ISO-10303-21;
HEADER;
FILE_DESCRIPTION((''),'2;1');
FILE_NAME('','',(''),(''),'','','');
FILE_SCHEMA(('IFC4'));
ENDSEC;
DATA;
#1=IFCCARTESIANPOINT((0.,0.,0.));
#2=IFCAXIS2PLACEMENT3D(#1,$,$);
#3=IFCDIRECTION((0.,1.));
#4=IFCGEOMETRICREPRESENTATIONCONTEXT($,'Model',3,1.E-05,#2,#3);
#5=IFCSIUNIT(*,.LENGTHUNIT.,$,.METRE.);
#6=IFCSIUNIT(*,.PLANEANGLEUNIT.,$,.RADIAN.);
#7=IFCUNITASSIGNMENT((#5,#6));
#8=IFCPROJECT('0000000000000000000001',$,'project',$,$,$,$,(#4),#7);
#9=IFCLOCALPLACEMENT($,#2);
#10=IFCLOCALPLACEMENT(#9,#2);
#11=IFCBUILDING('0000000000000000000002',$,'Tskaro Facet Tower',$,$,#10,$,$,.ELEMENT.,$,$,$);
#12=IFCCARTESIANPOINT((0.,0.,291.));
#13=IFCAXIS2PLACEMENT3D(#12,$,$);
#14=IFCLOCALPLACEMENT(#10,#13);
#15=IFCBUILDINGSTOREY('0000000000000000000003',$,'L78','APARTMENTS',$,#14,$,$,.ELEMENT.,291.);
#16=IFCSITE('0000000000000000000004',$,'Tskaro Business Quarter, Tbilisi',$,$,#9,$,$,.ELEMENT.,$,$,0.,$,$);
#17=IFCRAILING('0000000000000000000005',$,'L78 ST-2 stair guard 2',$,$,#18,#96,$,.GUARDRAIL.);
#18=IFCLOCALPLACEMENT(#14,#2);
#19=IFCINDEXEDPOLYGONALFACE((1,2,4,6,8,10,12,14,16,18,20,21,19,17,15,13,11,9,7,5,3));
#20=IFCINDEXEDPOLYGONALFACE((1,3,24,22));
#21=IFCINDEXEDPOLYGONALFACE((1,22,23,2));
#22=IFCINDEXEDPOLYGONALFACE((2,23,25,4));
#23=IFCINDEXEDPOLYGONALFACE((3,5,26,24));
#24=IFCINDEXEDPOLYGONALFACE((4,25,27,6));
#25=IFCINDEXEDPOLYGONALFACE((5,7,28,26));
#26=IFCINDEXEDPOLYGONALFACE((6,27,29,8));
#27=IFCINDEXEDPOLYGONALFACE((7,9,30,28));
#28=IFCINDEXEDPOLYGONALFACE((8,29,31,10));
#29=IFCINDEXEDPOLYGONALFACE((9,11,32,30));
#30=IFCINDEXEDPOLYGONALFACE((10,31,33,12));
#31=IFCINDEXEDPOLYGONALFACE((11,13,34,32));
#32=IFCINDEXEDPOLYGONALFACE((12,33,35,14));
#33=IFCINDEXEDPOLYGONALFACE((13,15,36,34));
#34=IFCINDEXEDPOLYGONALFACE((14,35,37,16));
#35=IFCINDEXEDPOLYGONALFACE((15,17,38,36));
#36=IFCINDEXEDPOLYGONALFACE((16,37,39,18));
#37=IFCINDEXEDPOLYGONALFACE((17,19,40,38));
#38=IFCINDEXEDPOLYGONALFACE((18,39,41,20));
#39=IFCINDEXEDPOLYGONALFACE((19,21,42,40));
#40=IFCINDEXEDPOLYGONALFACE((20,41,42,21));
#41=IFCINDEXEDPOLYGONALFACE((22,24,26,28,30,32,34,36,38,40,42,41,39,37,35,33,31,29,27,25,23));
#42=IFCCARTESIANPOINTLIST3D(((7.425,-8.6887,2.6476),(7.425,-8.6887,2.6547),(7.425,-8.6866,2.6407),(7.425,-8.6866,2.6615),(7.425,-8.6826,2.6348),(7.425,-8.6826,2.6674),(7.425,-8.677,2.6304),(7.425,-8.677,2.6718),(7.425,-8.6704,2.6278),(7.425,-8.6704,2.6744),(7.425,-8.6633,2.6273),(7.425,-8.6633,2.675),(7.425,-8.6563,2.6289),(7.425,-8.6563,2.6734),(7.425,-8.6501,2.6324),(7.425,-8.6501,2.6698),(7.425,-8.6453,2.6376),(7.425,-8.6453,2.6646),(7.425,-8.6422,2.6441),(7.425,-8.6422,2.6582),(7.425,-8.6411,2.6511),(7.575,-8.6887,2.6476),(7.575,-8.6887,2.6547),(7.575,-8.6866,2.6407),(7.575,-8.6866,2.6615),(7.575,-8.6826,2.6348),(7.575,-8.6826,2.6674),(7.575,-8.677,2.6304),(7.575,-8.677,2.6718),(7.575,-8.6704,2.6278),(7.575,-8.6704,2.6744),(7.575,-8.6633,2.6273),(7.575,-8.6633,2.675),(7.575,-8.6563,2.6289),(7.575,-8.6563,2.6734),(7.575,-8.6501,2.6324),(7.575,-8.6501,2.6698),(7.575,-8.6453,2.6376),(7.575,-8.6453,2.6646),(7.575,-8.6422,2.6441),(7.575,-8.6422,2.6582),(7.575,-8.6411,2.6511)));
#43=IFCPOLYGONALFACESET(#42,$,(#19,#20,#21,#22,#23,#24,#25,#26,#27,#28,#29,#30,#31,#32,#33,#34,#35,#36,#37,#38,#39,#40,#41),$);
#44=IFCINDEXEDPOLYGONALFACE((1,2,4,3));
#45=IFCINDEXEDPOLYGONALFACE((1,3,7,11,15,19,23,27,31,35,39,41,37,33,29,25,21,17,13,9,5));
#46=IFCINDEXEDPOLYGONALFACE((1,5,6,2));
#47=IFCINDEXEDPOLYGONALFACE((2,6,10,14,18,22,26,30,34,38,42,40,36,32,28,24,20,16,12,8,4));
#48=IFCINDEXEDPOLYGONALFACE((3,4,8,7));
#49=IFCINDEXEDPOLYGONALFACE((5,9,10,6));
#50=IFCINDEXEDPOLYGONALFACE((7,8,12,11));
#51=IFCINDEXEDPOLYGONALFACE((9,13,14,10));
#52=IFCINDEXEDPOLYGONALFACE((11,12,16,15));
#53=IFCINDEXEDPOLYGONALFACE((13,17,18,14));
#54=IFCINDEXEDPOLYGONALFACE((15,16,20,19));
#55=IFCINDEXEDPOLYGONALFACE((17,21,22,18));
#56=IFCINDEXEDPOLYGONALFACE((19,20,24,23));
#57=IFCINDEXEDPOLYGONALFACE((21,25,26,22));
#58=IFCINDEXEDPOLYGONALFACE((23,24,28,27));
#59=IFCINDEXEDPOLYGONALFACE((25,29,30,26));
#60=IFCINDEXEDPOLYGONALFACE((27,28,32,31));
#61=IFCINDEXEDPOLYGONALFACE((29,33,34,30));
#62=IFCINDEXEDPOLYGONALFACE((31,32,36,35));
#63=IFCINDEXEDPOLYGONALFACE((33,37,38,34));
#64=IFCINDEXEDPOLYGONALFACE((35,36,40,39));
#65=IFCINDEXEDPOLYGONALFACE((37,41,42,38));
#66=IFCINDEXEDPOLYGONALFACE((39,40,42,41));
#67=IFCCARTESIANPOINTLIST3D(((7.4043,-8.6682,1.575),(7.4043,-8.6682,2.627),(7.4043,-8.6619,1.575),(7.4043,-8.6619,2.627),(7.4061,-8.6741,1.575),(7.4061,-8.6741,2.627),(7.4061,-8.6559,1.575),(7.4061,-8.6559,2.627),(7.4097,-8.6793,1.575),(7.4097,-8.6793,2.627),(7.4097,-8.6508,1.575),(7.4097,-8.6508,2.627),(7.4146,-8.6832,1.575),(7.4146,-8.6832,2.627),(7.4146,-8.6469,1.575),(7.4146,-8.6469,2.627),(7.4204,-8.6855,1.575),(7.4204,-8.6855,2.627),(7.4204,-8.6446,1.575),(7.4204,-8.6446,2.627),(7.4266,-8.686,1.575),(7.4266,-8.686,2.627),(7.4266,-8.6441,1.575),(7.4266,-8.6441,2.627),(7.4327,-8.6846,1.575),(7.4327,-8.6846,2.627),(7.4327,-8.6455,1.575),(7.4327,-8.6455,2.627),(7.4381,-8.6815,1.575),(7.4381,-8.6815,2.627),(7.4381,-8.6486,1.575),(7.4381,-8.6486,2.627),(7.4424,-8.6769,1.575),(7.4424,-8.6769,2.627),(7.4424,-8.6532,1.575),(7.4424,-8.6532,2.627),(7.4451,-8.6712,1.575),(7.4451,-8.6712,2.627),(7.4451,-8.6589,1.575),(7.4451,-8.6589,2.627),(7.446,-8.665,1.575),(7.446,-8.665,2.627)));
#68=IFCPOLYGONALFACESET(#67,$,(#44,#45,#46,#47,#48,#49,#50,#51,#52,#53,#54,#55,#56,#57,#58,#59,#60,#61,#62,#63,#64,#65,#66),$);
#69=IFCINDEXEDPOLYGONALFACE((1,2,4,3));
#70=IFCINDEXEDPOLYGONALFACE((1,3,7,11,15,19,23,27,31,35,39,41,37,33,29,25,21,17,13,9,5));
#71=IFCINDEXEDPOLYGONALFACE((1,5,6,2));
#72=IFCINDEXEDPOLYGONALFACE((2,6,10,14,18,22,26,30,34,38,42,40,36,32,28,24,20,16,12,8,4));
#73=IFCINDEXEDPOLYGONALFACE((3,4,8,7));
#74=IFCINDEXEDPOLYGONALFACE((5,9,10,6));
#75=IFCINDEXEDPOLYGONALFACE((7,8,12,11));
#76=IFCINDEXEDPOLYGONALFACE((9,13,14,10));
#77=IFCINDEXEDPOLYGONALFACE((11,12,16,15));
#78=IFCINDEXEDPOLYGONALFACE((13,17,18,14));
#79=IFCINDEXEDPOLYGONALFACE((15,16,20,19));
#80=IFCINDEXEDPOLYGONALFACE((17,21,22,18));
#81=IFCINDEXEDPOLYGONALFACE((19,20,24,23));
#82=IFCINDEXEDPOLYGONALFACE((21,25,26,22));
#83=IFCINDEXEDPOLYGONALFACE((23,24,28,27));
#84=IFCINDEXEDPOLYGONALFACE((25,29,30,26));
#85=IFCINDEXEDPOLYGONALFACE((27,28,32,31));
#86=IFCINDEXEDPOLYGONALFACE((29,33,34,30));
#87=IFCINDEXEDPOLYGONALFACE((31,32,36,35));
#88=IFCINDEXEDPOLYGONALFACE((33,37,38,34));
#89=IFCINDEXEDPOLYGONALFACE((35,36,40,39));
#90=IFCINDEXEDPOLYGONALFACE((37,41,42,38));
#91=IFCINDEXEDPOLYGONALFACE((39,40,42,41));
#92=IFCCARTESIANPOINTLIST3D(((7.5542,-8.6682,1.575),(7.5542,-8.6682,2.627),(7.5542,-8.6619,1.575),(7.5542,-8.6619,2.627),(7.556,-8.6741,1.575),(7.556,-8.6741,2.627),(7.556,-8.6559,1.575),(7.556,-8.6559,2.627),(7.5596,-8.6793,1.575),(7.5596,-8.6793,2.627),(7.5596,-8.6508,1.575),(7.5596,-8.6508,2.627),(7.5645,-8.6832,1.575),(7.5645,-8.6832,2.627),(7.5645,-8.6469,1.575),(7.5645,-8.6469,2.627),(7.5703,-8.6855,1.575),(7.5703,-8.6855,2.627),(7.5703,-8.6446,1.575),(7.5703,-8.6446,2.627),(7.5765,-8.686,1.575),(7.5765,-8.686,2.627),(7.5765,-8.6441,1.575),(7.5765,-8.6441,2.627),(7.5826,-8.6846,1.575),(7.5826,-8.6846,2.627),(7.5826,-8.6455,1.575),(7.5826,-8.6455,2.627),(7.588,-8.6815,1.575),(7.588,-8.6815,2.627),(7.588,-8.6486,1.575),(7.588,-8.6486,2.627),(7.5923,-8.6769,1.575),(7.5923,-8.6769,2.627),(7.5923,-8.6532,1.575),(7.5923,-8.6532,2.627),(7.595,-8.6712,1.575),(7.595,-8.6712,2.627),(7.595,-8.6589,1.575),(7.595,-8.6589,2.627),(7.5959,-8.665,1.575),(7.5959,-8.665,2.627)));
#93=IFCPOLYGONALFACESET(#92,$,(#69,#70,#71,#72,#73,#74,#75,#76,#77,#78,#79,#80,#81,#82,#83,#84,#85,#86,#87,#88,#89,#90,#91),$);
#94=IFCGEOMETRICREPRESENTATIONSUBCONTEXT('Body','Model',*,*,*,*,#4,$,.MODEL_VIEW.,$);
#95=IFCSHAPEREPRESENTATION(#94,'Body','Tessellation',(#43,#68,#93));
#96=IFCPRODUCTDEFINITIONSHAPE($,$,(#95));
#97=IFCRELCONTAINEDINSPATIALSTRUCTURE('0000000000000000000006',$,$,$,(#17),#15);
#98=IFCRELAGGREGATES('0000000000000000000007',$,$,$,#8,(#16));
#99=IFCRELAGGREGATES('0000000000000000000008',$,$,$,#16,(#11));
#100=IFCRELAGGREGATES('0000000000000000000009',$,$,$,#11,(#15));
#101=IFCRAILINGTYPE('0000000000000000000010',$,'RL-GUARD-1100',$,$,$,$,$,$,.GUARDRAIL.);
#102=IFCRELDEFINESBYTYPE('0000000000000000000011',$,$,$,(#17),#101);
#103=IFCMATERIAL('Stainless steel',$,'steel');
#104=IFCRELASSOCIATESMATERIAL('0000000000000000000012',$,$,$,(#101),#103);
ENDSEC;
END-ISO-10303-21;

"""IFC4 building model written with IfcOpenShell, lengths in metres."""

from ifc_helpers import new_model, si_unit, direction, frame, origin, origin_2d, place, context, subcontext, project, spatial, circle, extrude, material, type_object, element, save


model = new_model("IFC4")

# Units and contexts
model_context = context("Model", 3, precision=1e-05, world=origin(), true_north=direction((0.0, 1.0)))
body_context = subcontext(model_context, "Body", "Model", "MODEL_VIEW")
ifc_project = project(units=[si_unit("LENGTHUNIT", "METRE"), si_unit("PLANEANGLEUNIT", "RADIAN")], contexts=[model_context])

# Site, building, storey
site_placement = place(None, origin())
site = spatial("IfcSite", under=ifc_project, at=site_placement, Name="Tskaro Business Quarter, Tbilisi", CompositionType="ELEMENT", RefElevation=0.0)
building_placement = place(site_placement, origin())
building = spatial("IfcBuilding", under=site, at=building_placement, Name="Tskaro Facet Tower", CompositionType="ELEMENT")
storey_placement = place(building_placement, frame((0.0, 0.0, 291.0)))
storey = spatial("IfcBuildingStorey", under=building, at=storey_placement, Name="L78", Description="APARTMENTS", CompositionType="ELEMENT", Elevation=291.0)

# Railing
ifc_material_1 = material(Name="Stainless steel", Category="steel")
railing_type_1 = type_object("IfcRailingType", Name="RL-GUARD-1100", PredefinedType="GUARDRAIL", material=ifc_material_1)
railing_1_placement = place(storey_placement, frame((7.425, -8.665, 1.575)))
element("IfcRailing", 1, at=railing_1_placement, inside=storey, type_object=railing_type_1, Name="L78 ST-2 stair guard 2", PredefinedType="GUARDRAIL", context=body_context, shape_type="SweptSolid", body=[
    extrude(circle(Radius=0.0239, at=origin_2d()), frame((0.0, 0.0, 1.0762), z_axis=(1.0, 0.0, 0.0), x_axis=(0.0, 1.0, 0.0)), (0.0, 0.0, 1.0), 0.1499),
    extrude(circle(Radius=0.021, at=origin_2d()), origin(), (0.0, 0.0, 1.0), 1.052),
    extrude(circle(Radius=0.021, at=origin_2d()), frame((0.1499, 0.0, 0.0)), (0.0, 0.0, 1.0), 1.052),
])

save(model, "model.ifc")
